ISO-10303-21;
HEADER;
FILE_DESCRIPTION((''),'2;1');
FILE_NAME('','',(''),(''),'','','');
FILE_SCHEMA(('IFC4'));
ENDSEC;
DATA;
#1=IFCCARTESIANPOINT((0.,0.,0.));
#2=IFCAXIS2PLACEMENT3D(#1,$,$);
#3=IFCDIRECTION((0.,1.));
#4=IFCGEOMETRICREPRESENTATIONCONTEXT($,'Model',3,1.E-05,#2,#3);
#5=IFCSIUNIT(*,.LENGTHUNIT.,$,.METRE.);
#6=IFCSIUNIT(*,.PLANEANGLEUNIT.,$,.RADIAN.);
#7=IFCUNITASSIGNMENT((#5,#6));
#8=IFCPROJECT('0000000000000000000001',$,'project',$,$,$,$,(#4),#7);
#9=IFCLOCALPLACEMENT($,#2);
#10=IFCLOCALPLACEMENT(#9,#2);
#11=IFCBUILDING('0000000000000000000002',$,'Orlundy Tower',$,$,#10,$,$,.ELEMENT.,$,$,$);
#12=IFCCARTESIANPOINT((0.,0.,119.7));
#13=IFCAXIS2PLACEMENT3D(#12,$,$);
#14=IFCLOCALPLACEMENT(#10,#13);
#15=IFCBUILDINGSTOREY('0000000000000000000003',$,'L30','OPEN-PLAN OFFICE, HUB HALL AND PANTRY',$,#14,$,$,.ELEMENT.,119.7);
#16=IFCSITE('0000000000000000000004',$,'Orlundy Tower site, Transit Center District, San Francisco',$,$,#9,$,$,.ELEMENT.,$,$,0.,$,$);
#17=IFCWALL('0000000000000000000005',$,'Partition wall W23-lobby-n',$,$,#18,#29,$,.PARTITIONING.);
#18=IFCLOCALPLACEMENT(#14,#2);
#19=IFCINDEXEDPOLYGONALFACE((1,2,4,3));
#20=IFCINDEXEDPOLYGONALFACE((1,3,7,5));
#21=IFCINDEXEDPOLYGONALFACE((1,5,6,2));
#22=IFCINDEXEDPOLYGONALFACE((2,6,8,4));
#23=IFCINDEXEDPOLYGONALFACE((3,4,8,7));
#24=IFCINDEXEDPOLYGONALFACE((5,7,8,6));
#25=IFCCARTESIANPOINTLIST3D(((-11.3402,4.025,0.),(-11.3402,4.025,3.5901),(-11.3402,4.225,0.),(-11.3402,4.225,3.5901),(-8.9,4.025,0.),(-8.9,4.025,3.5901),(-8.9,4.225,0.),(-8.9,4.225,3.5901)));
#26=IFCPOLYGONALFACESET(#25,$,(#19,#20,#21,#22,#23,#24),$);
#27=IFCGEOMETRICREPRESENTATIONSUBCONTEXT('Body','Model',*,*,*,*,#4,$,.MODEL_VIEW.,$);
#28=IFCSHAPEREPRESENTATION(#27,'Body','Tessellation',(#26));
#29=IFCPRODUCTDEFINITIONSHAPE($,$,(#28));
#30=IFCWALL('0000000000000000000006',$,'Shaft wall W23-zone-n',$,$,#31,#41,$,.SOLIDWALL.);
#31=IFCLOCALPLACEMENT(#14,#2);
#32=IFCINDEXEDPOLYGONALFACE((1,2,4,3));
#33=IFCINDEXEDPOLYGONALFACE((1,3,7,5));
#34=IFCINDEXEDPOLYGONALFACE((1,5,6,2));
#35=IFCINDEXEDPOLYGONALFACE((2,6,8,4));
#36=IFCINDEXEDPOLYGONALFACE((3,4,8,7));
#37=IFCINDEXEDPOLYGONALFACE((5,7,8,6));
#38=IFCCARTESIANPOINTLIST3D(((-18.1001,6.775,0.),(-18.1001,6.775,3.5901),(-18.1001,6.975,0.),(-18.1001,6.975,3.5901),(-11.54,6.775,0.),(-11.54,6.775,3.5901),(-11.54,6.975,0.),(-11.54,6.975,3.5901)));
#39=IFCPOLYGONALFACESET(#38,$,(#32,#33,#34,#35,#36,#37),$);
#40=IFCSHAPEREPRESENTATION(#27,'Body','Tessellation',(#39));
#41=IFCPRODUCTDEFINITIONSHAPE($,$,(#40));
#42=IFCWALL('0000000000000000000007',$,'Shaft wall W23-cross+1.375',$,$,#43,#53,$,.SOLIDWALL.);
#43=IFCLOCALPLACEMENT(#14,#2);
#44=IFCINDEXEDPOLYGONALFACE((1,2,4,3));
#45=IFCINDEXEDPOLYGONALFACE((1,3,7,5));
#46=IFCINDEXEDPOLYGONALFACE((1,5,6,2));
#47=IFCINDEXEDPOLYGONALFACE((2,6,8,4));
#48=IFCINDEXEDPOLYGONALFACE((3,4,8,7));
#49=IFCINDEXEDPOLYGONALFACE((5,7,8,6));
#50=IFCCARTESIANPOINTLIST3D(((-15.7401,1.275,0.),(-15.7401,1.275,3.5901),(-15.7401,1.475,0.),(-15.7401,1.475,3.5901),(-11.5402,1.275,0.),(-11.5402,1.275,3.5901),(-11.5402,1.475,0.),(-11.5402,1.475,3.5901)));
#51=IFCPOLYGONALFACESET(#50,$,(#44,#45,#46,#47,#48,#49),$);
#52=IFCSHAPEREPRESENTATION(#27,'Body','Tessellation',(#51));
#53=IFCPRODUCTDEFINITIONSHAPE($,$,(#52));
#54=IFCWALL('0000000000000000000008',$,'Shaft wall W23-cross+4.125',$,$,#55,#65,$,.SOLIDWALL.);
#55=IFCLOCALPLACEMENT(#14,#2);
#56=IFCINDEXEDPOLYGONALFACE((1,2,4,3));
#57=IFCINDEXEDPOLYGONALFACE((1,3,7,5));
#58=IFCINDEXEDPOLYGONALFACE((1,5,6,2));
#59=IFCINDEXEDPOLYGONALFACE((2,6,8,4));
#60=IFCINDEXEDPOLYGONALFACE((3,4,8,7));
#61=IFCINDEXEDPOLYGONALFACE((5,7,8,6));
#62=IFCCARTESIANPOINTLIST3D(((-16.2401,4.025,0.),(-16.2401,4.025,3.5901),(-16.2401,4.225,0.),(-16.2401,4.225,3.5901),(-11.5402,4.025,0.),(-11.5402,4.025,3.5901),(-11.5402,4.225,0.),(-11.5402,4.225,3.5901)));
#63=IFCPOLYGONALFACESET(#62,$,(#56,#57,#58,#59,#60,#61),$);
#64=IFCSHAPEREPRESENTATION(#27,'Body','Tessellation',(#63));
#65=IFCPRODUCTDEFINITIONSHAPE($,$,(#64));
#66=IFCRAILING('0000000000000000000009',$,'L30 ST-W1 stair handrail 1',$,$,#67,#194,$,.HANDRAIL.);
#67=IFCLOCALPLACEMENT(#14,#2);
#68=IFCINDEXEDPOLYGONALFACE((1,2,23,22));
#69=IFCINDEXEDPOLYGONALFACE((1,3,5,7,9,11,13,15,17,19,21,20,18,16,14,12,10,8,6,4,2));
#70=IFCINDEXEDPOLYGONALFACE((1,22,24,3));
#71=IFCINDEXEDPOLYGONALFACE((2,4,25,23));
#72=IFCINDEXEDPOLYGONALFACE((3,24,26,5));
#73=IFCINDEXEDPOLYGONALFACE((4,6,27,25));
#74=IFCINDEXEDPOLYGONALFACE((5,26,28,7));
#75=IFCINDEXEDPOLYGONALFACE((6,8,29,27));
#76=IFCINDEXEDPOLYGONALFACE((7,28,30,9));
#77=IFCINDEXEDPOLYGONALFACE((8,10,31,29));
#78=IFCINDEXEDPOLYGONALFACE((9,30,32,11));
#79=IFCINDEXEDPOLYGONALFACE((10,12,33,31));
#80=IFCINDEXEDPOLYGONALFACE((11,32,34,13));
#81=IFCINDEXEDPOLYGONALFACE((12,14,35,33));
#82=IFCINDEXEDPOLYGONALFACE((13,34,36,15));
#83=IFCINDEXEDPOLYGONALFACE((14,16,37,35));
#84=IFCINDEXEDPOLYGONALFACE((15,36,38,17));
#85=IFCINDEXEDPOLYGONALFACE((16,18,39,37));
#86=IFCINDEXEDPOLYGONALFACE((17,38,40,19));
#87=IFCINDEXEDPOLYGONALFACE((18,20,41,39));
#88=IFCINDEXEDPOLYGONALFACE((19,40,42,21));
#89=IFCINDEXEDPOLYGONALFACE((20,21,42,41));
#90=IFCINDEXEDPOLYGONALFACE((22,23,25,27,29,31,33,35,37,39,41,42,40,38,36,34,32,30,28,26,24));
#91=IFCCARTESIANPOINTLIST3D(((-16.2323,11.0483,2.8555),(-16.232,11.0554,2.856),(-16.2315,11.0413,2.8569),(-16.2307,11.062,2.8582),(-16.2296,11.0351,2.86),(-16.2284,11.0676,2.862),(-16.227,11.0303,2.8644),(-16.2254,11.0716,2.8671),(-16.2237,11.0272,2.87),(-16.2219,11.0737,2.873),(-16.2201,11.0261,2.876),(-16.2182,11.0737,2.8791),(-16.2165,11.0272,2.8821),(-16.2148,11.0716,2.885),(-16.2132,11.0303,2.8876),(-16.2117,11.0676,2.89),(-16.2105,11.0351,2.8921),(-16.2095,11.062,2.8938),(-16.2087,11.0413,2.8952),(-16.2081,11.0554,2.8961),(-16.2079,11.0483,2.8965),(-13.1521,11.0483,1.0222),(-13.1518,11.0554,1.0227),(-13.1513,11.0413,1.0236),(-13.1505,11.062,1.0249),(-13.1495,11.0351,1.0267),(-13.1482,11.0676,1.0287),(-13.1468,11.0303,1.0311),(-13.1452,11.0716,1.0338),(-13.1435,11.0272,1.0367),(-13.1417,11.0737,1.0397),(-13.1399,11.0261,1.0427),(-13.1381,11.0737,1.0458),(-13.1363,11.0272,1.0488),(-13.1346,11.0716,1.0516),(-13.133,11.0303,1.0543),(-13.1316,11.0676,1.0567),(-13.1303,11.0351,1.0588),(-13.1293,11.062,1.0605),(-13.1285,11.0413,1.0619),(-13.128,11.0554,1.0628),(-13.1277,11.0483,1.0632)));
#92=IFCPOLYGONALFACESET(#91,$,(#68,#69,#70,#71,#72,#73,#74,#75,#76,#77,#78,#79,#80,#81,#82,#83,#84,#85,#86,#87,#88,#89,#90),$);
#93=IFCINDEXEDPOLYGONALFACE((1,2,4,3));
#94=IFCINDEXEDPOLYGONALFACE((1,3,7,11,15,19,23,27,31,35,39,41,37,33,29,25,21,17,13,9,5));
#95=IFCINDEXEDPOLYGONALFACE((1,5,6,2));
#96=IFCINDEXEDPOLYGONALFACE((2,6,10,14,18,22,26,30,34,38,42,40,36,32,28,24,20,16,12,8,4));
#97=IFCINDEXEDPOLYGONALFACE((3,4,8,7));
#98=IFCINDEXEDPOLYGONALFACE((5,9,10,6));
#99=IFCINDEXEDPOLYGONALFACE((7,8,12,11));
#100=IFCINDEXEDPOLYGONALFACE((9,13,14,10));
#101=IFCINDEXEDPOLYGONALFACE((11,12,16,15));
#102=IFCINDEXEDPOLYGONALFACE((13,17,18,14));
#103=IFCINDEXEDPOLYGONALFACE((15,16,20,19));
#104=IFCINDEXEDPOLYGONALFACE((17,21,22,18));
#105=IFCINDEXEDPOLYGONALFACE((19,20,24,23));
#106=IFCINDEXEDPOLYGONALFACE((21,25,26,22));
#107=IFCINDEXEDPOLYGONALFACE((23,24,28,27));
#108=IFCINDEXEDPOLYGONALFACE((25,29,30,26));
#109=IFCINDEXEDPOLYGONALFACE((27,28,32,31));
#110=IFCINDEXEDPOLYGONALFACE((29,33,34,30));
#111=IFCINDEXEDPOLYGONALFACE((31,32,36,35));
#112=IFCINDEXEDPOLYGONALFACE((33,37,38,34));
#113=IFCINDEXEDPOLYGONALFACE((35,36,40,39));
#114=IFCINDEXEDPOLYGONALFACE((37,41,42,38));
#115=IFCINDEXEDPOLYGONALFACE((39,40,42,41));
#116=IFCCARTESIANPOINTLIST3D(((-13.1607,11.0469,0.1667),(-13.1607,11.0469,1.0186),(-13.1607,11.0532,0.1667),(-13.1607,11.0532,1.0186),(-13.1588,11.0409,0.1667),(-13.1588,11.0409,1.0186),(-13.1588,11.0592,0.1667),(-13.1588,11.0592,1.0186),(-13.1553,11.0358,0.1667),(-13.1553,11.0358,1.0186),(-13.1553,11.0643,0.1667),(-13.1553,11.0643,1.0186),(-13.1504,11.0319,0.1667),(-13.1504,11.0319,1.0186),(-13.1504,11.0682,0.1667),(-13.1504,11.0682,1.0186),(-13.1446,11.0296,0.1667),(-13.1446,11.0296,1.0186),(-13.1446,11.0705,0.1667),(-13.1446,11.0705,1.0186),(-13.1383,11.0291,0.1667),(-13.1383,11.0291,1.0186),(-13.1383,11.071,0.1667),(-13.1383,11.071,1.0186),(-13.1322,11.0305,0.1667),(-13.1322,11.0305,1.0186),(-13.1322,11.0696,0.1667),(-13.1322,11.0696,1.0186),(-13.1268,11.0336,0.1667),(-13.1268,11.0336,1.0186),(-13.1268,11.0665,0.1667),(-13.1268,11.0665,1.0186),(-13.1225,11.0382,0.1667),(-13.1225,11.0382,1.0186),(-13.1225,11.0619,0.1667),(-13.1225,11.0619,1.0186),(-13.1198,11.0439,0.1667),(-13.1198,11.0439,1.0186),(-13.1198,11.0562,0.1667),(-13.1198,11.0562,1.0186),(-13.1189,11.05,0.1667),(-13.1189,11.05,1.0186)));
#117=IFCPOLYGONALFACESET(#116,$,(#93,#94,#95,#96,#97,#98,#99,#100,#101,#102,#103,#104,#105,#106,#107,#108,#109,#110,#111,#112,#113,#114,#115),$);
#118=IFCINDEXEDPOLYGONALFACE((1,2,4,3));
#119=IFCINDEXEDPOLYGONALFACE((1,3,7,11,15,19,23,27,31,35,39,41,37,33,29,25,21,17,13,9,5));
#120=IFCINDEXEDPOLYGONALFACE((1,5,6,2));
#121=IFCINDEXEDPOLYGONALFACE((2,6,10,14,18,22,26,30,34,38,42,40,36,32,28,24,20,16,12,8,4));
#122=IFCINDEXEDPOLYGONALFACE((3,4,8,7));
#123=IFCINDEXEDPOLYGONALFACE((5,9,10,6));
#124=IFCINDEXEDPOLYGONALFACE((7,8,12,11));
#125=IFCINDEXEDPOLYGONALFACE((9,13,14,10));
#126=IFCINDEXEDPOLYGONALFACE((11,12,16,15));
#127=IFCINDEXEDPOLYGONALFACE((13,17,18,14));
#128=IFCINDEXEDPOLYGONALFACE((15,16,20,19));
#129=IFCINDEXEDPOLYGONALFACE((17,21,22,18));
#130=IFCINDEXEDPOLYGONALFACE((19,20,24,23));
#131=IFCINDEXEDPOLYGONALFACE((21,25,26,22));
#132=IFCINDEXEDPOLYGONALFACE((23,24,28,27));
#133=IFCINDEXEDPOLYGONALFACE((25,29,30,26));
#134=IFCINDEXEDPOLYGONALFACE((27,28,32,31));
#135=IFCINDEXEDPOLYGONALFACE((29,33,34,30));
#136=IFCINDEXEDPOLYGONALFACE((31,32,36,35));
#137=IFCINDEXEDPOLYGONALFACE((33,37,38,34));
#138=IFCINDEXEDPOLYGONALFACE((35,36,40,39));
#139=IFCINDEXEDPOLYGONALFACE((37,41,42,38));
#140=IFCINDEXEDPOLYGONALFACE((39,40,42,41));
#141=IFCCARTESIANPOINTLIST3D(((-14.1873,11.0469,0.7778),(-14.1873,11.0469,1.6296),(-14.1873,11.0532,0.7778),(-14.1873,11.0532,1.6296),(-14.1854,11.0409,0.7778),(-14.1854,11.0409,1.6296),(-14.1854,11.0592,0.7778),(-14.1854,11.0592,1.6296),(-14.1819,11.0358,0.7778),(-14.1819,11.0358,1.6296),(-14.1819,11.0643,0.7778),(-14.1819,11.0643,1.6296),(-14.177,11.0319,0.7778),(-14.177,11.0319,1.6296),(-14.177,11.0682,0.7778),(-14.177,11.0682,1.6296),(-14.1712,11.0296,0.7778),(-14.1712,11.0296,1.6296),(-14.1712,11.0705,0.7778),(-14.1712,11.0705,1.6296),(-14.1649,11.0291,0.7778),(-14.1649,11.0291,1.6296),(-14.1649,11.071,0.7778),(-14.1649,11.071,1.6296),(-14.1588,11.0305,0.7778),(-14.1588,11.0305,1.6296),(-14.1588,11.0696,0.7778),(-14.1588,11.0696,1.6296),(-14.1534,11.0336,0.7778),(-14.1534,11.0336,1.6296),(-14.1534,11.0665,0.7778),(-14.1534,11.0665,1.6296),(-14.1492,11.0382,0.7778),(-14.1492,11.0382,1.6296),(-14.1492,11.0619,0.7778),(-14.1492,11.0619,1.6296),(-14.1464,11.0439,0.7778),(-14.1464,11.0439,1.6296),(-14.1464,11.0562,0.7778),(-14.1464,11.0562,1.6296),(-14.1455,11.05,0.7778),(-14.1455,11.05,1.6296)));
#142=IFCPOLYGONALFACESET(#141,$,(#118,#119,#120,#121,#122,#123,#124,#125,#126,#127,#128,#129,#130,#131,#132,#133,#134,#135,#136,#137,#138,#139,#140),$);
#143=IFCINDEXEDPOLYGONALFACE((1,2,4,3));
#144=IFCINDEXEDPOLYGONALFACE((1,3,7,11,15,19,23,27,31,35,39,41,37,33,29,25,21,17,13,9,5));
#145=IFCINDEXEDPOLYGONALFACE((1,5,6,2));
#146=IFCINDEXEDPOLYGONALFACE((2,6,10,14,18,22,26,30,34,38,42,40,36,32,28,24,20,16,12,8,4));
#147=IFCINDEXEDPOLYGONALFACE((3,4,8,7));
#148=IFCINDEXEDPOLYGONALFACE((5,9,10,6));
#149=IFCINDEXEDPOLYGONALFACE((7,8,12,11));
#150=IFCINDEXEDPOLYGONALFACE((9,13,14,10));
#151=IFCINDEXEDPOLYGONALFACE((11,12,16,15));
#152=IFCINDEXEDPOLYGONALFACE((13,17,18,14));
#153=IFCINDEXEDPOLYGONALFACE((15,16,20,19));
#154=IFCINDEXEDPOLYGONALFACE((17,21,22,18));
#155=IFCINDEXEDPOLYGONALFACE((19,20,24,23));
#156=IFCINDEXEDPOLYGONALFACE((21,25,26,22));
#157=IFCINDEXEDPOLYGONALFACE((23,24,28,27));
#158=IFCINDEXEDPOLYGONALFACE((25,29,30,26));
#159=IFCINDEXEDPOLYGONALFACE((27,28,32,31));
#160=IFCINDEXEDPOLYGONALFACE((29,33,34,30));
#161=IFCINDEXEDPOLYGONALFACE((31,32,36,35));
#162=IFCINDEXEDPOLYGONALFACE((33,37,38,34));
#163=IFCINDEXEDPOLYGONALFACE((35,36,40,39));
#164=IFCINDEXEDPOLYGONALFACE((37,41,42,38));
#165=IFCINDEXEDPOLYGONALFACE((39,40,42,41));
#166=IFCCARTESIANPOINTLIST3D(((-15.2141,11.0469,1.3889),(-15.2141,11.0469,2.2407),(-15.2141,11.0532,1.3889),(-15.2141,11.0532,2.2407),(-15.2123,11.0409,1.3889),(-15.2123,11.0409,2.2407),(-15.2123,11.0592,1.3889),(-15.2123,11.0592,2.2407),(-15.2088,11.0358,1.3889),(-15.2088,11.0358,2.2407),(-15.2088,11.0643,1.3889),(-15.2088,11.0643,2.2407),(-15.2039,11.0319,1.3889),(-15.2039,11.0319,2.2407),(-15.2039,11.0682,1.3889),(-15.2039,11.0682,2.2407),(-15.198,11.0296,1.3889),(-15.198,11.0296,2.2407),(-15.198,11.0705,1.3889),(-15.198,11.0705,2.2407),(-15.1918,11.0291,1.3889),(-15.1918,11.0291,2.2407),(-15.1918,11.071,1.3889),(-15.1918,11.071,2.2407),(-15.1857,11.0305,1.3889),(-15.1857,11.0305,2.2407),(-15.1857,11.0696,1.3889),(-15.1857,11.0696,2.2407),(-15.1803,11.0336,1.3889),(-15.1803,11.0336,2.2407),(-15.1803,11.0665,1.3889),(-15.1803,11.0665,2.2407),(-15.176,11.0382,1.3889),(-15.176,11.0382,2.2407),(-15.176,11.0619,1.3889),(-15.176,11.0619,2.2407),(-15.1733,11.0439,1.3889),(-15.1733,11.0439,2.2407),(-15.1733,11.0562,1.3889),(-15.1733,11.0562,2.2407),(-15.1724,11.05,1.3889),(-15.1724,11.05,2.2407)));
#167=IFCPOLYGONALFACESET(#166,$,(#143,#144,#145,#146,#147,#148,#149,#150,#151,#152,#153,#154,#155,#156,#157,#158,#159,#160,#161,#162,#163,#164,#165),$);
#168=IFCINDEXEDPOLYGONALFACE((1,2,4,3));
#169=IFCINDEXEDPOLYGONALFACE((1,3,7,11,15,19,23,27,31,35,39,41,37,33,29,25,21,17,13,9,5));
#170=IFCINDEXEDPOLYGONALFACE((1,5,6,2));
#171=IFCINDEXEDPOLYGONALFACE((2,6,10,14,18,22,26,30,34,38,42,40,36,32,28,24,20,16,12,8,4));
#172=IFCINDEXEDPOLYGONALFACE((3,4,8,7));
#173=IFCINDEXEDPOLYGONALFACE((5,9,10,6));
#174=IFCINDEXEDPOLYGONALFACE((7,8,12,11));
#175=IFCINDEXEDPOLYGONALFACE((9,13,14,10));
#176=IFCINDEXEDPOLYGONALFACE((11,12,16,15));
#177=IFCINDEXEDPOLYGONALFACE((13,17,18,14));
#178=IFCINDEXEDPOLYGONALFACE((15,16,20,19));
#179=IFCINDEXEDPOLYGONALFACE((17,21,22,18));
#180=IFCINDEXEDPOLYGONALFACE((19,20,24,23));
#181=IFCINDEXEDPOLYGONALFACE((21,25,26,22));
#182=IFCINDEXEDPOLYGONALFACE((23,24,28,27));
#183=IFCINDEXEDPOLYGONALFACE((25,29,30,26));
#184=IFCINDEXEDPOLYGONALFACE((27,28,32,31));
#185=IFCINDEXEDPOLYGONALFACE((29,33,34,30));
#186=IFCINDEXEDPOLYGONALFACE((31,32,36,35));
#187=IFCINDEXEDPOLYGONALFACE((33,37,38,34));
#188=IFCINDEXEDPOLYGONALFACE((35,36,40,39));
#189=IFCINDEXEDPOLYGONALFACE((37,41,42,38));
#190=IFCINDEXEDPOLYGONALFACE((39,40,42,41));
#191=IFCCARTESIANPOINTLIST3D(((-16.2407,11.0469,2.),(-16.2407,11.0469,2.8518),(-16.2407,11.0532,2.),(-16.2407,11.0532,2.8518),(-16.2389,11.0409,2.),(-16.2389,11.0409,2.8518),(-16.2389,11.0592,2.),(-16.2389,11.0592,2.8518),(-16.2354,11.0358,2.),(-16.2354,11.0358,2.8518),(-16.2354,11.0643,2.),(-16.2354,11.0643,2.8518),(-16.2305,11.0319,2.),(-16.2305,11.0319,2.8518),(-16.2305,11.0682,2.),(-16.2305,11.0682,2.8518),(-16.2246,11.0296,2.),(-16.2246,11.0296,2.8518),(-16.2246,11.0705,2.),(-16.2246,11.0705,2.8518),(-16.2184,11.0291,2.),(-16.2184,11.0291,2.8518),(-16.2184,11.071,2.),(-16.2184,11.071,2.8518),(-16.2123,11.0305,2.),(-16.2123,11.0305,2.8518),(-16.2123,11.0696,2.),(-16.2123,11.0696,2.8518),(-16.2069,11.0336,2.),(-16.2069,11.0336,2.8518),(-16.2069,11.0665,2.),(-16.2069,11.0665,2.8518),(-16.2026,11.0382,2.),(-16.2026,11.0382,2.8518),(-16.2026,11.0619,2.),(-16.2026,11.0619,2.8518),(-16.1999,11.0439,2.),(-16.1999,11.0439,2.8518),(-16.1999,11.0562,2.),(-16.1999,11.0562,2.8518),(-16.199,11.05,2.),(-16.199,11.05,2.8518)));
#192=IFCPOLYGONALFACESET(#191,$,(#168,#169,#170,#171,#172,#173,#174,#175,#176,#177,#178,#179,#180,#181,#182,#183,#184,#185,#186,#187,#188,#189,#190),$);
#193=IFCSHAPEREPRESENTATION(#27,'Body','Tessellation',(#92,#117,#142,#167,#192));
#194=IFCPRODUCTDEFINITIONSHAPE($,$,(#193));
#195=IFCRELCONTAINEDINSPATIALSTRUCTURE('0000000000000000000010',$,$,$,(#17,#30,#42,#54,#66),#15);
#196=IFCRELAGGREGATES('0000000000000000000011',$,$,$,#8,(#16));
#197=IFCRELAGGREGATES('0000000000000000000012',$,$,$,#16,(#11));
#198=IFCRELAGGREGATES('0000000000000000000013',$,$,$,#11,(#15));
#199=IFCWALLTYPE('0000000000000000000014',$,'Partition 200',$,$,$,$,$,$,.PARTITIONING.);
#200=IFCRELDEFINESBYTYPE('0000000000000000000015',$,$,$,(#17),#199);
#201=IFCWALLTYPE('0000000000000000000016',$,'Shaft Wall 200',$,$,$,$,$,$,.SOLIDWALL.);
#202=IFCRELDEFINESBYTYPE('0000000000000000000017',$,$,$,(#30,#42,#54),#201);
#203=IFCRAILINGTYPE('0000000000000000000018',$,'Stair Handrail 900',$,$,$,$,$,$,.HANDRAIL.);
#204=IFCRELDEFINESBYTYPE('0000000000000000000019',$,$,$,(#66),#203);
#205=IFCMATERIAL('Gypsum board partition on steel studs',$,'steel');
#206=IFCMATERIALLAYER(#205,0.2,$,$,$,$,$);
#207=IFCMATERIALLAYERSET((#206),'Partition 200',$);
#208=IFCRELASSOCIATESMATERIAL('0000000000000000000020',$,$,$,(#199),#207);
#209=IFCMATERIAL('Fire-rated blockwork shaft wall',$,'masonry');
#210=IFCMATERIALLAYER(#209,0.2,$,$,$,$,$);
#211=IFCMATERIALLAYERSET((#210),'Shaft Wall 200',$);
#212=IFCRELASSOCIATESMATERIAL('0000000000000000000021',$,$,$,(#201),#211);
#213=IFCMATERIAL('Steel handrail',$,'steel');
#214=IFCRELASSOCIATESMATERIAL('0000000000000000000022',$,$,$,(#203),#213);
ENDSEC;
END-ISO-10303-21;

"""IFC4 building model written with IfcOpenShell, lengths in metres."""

from ifc_helpers import new_model, si_unit, direction, frame, frame_2d, origin, origin_2d, place, context, subcontext, project, spatial, rectangle, circle, extrude, material, layer, layer_set, type_object, element, save


model = new_model("IFC4")

# Units and contexts
model_context = context("Model", 3, precision=1e-05, world=origin(), true_north=direction((0.0, 1.0)))
body_context = subcontext(model_context, "Body", "Model", "MODEL_VIEW")
ifc_project = project(units=[si_unit("LENGTHUNIT", "METRE"), si_unit("PLANEANGLEUNIT", "RADIAN")], contexts=[model_context])

# Site, building, storey
site_placement = place(None, origin())
site = spatial("IfcSite", under=ifc_project, at=site_placement, Name="Orlundy Tower site, Transit Center District, San Francisco", CompositionType="ELEMENT", RefElevation=0.0)
building_placement = place(site_placement, origin())
building = spatial("IfcBuilding", under=site, at=building_placement, Name="Orlundy Tower", CompositionType="ELEMENT")
storey_placement = place(building_placement, frame((0.0, 0.0, 119.7)))
storey = spatial("IfcBuildingStorey", under=building, at=storey_placement, Name="L30", Description="OPEN-PLAN OFFICE, HUB HALL AND PANTRY", CompositionType="ELEMENT", Elevation=119.7)

# Walls
ifc_material_1 = material(Name="Gypsum board partition on steel studs", Category="steel")
ifc_layer_1 = layer(ifc_material_1, 0.2)
ifc_layer_set_1 = layer_set([ifc_layer_1], Name="Partition 200")
wall_type_1 = type_object("IfcWallType", Name="Partition 200", PredefinedType="PARTITIONING", material=ifc_layer_set_1)
wall_1_placement = place(storey_placement, frame((-8.8999, 4.125, 0.0), z_axis=(0.0, 0.0, 1.0), x_axis=(-1.0, 0.0, 0.0)))
element("IfcWall", 1, at=wall_1_placement, inside=storey, type_object=wall_type_1, Name="Partition wall W23-lobby-n", PredefinedType="PARTITIONING", context=body_context, shape_type="SweptSolid", body=[
    extrude(rectangle(XDim=2.4402, YDim=0.2, at=frame_2d((1.2202, 0.0))), origin(), (0.0, 0.0, 1.0), 3.5901),
])
ifc_material_2 = material(Name="Fire-rated blockwork shaft wall", Category="masonry")
ifc_layer_2 = layer(ifc_material_2, 0.2)
ifc_layer_set_2 = layer_set([ifc_layer_2], Name="Shaft Wall 200")
wall_type_2 = type_object("IfcWallType", Name="Shaft Wall 200", PredefinedType="SOLIDWALL", material=ifc_layer_set_2)
wall_2_placement = place(storey_placement, frame((-11.54, 6.875, 0.0), z_axis=(0.0, 0.0, 1.0), x_axis=(-1.0, 0.0, 0.0)))
element("IfcWall", 2, at=wall_2_placement, inside=storey, type_object=wall_type_2, Name="Shaft wall W23-zone-n", PredefinedType="SOLIDWALL", context=body_context, shape_type="SweptSolid", body=[
    extrude(rectangle(XDim=6.5601, YDim=0.2, at=frame_2d((3.28, 0.0))), origin(), (0.0, 0.0, 1.0), 3.5901),
])
wall_3_placement = place(storey_placement, frame((-11.54, 1.375, 0.0), z_axis=(0.0, 0.0, 1.0), x_axis=(-1.0, 0.0, 0.0)))
element("IfcWall", 3, at=wall_3_placement, inside=storey, type_object=wall_type_2, Name="Shaft wall W23-cross+1.375", PredefinedType="SOLIDWALL", context=body_context, shape_type="SweptSolid", body=[
    extrude(rectangle(XDim=4.2, YDim=0.2, at=frame_2d((2.1001, 0.0))), origin(), (0.0, 0.0, 1.0), 3.5901),
])
wall_4_placement = place(storey_placement, frame((-11.54, 4.125, 0.0), z_axis=(0.0, 0.0, 1.0), x_axis=(-1.0, 0.0, 0.0)))
element("IfcWall", 4, at=wall_4_placement, inside=storey, type_object=wall_type_2, Name="Shaft wall W23-cross+4.125", PredefinedType="SOLIDWALL", context=body_context, shape_type="SweptSolid", body=[
    extrude(rectangle(XDim=4.7, YDim=0.2, at=frame_2d((2.3501, 0.0))), origin(), (0.0, 0.0, 1.0), 3.5901),
])

# Railing
ifc_material_3 = material(Name="Steel handrail", Category="steel")
railing_type_1 = type_object("IfcRailingType", Name="Stair Handrail 900", PredefinedType="HANDRAIL", material=ifc_material_3)
railing_1_placement = place(storey_placement, frame((-13.1399, 11.05, 0.1667)))
element("IfcRailing", 5, at=railing_1_placement, inside=storey, type_object=railing_type_1, Name="L30 ST-W1 stair handrail 1", PredefinedType="HANDRAIL", context=body_context, shape_type="SweptSolid", body=[
    extrude(circle(Radius=0.0239, at=origin_2d()), frame((0.0, 0.0, 0.876), z_axis=(-0.859309, 0.0, 0.511458), x_axis=(0.0, -1.0, 0.0)), (0.0, 0.0, 1.0), 3.5845),
    extrude(circle(Radius=0.021, at=origin_2d()), origin(), (0.0, 0.0, 1.0), 0.8518),
    extrude(circle(Radius=0.021, at=origin_2d()), frame((-1.0266, 0.0, 0.6111)), (0.0, 0.0, 1.0), 0.8518),
    extrude(circle(Radius=0.021, at=origin_2d()), frame((-2.0535, 0.0, 1.2222)), (0.0, 0.0, 1.0), 0.8518),
    extrude(circle(Radius=0.021, at=origin_2d()), frame((-3.0801, 0.0, 1.8333)), (0.0, 0.0, 1.0), 0.8518),
])

save(model, "model.ifc")
